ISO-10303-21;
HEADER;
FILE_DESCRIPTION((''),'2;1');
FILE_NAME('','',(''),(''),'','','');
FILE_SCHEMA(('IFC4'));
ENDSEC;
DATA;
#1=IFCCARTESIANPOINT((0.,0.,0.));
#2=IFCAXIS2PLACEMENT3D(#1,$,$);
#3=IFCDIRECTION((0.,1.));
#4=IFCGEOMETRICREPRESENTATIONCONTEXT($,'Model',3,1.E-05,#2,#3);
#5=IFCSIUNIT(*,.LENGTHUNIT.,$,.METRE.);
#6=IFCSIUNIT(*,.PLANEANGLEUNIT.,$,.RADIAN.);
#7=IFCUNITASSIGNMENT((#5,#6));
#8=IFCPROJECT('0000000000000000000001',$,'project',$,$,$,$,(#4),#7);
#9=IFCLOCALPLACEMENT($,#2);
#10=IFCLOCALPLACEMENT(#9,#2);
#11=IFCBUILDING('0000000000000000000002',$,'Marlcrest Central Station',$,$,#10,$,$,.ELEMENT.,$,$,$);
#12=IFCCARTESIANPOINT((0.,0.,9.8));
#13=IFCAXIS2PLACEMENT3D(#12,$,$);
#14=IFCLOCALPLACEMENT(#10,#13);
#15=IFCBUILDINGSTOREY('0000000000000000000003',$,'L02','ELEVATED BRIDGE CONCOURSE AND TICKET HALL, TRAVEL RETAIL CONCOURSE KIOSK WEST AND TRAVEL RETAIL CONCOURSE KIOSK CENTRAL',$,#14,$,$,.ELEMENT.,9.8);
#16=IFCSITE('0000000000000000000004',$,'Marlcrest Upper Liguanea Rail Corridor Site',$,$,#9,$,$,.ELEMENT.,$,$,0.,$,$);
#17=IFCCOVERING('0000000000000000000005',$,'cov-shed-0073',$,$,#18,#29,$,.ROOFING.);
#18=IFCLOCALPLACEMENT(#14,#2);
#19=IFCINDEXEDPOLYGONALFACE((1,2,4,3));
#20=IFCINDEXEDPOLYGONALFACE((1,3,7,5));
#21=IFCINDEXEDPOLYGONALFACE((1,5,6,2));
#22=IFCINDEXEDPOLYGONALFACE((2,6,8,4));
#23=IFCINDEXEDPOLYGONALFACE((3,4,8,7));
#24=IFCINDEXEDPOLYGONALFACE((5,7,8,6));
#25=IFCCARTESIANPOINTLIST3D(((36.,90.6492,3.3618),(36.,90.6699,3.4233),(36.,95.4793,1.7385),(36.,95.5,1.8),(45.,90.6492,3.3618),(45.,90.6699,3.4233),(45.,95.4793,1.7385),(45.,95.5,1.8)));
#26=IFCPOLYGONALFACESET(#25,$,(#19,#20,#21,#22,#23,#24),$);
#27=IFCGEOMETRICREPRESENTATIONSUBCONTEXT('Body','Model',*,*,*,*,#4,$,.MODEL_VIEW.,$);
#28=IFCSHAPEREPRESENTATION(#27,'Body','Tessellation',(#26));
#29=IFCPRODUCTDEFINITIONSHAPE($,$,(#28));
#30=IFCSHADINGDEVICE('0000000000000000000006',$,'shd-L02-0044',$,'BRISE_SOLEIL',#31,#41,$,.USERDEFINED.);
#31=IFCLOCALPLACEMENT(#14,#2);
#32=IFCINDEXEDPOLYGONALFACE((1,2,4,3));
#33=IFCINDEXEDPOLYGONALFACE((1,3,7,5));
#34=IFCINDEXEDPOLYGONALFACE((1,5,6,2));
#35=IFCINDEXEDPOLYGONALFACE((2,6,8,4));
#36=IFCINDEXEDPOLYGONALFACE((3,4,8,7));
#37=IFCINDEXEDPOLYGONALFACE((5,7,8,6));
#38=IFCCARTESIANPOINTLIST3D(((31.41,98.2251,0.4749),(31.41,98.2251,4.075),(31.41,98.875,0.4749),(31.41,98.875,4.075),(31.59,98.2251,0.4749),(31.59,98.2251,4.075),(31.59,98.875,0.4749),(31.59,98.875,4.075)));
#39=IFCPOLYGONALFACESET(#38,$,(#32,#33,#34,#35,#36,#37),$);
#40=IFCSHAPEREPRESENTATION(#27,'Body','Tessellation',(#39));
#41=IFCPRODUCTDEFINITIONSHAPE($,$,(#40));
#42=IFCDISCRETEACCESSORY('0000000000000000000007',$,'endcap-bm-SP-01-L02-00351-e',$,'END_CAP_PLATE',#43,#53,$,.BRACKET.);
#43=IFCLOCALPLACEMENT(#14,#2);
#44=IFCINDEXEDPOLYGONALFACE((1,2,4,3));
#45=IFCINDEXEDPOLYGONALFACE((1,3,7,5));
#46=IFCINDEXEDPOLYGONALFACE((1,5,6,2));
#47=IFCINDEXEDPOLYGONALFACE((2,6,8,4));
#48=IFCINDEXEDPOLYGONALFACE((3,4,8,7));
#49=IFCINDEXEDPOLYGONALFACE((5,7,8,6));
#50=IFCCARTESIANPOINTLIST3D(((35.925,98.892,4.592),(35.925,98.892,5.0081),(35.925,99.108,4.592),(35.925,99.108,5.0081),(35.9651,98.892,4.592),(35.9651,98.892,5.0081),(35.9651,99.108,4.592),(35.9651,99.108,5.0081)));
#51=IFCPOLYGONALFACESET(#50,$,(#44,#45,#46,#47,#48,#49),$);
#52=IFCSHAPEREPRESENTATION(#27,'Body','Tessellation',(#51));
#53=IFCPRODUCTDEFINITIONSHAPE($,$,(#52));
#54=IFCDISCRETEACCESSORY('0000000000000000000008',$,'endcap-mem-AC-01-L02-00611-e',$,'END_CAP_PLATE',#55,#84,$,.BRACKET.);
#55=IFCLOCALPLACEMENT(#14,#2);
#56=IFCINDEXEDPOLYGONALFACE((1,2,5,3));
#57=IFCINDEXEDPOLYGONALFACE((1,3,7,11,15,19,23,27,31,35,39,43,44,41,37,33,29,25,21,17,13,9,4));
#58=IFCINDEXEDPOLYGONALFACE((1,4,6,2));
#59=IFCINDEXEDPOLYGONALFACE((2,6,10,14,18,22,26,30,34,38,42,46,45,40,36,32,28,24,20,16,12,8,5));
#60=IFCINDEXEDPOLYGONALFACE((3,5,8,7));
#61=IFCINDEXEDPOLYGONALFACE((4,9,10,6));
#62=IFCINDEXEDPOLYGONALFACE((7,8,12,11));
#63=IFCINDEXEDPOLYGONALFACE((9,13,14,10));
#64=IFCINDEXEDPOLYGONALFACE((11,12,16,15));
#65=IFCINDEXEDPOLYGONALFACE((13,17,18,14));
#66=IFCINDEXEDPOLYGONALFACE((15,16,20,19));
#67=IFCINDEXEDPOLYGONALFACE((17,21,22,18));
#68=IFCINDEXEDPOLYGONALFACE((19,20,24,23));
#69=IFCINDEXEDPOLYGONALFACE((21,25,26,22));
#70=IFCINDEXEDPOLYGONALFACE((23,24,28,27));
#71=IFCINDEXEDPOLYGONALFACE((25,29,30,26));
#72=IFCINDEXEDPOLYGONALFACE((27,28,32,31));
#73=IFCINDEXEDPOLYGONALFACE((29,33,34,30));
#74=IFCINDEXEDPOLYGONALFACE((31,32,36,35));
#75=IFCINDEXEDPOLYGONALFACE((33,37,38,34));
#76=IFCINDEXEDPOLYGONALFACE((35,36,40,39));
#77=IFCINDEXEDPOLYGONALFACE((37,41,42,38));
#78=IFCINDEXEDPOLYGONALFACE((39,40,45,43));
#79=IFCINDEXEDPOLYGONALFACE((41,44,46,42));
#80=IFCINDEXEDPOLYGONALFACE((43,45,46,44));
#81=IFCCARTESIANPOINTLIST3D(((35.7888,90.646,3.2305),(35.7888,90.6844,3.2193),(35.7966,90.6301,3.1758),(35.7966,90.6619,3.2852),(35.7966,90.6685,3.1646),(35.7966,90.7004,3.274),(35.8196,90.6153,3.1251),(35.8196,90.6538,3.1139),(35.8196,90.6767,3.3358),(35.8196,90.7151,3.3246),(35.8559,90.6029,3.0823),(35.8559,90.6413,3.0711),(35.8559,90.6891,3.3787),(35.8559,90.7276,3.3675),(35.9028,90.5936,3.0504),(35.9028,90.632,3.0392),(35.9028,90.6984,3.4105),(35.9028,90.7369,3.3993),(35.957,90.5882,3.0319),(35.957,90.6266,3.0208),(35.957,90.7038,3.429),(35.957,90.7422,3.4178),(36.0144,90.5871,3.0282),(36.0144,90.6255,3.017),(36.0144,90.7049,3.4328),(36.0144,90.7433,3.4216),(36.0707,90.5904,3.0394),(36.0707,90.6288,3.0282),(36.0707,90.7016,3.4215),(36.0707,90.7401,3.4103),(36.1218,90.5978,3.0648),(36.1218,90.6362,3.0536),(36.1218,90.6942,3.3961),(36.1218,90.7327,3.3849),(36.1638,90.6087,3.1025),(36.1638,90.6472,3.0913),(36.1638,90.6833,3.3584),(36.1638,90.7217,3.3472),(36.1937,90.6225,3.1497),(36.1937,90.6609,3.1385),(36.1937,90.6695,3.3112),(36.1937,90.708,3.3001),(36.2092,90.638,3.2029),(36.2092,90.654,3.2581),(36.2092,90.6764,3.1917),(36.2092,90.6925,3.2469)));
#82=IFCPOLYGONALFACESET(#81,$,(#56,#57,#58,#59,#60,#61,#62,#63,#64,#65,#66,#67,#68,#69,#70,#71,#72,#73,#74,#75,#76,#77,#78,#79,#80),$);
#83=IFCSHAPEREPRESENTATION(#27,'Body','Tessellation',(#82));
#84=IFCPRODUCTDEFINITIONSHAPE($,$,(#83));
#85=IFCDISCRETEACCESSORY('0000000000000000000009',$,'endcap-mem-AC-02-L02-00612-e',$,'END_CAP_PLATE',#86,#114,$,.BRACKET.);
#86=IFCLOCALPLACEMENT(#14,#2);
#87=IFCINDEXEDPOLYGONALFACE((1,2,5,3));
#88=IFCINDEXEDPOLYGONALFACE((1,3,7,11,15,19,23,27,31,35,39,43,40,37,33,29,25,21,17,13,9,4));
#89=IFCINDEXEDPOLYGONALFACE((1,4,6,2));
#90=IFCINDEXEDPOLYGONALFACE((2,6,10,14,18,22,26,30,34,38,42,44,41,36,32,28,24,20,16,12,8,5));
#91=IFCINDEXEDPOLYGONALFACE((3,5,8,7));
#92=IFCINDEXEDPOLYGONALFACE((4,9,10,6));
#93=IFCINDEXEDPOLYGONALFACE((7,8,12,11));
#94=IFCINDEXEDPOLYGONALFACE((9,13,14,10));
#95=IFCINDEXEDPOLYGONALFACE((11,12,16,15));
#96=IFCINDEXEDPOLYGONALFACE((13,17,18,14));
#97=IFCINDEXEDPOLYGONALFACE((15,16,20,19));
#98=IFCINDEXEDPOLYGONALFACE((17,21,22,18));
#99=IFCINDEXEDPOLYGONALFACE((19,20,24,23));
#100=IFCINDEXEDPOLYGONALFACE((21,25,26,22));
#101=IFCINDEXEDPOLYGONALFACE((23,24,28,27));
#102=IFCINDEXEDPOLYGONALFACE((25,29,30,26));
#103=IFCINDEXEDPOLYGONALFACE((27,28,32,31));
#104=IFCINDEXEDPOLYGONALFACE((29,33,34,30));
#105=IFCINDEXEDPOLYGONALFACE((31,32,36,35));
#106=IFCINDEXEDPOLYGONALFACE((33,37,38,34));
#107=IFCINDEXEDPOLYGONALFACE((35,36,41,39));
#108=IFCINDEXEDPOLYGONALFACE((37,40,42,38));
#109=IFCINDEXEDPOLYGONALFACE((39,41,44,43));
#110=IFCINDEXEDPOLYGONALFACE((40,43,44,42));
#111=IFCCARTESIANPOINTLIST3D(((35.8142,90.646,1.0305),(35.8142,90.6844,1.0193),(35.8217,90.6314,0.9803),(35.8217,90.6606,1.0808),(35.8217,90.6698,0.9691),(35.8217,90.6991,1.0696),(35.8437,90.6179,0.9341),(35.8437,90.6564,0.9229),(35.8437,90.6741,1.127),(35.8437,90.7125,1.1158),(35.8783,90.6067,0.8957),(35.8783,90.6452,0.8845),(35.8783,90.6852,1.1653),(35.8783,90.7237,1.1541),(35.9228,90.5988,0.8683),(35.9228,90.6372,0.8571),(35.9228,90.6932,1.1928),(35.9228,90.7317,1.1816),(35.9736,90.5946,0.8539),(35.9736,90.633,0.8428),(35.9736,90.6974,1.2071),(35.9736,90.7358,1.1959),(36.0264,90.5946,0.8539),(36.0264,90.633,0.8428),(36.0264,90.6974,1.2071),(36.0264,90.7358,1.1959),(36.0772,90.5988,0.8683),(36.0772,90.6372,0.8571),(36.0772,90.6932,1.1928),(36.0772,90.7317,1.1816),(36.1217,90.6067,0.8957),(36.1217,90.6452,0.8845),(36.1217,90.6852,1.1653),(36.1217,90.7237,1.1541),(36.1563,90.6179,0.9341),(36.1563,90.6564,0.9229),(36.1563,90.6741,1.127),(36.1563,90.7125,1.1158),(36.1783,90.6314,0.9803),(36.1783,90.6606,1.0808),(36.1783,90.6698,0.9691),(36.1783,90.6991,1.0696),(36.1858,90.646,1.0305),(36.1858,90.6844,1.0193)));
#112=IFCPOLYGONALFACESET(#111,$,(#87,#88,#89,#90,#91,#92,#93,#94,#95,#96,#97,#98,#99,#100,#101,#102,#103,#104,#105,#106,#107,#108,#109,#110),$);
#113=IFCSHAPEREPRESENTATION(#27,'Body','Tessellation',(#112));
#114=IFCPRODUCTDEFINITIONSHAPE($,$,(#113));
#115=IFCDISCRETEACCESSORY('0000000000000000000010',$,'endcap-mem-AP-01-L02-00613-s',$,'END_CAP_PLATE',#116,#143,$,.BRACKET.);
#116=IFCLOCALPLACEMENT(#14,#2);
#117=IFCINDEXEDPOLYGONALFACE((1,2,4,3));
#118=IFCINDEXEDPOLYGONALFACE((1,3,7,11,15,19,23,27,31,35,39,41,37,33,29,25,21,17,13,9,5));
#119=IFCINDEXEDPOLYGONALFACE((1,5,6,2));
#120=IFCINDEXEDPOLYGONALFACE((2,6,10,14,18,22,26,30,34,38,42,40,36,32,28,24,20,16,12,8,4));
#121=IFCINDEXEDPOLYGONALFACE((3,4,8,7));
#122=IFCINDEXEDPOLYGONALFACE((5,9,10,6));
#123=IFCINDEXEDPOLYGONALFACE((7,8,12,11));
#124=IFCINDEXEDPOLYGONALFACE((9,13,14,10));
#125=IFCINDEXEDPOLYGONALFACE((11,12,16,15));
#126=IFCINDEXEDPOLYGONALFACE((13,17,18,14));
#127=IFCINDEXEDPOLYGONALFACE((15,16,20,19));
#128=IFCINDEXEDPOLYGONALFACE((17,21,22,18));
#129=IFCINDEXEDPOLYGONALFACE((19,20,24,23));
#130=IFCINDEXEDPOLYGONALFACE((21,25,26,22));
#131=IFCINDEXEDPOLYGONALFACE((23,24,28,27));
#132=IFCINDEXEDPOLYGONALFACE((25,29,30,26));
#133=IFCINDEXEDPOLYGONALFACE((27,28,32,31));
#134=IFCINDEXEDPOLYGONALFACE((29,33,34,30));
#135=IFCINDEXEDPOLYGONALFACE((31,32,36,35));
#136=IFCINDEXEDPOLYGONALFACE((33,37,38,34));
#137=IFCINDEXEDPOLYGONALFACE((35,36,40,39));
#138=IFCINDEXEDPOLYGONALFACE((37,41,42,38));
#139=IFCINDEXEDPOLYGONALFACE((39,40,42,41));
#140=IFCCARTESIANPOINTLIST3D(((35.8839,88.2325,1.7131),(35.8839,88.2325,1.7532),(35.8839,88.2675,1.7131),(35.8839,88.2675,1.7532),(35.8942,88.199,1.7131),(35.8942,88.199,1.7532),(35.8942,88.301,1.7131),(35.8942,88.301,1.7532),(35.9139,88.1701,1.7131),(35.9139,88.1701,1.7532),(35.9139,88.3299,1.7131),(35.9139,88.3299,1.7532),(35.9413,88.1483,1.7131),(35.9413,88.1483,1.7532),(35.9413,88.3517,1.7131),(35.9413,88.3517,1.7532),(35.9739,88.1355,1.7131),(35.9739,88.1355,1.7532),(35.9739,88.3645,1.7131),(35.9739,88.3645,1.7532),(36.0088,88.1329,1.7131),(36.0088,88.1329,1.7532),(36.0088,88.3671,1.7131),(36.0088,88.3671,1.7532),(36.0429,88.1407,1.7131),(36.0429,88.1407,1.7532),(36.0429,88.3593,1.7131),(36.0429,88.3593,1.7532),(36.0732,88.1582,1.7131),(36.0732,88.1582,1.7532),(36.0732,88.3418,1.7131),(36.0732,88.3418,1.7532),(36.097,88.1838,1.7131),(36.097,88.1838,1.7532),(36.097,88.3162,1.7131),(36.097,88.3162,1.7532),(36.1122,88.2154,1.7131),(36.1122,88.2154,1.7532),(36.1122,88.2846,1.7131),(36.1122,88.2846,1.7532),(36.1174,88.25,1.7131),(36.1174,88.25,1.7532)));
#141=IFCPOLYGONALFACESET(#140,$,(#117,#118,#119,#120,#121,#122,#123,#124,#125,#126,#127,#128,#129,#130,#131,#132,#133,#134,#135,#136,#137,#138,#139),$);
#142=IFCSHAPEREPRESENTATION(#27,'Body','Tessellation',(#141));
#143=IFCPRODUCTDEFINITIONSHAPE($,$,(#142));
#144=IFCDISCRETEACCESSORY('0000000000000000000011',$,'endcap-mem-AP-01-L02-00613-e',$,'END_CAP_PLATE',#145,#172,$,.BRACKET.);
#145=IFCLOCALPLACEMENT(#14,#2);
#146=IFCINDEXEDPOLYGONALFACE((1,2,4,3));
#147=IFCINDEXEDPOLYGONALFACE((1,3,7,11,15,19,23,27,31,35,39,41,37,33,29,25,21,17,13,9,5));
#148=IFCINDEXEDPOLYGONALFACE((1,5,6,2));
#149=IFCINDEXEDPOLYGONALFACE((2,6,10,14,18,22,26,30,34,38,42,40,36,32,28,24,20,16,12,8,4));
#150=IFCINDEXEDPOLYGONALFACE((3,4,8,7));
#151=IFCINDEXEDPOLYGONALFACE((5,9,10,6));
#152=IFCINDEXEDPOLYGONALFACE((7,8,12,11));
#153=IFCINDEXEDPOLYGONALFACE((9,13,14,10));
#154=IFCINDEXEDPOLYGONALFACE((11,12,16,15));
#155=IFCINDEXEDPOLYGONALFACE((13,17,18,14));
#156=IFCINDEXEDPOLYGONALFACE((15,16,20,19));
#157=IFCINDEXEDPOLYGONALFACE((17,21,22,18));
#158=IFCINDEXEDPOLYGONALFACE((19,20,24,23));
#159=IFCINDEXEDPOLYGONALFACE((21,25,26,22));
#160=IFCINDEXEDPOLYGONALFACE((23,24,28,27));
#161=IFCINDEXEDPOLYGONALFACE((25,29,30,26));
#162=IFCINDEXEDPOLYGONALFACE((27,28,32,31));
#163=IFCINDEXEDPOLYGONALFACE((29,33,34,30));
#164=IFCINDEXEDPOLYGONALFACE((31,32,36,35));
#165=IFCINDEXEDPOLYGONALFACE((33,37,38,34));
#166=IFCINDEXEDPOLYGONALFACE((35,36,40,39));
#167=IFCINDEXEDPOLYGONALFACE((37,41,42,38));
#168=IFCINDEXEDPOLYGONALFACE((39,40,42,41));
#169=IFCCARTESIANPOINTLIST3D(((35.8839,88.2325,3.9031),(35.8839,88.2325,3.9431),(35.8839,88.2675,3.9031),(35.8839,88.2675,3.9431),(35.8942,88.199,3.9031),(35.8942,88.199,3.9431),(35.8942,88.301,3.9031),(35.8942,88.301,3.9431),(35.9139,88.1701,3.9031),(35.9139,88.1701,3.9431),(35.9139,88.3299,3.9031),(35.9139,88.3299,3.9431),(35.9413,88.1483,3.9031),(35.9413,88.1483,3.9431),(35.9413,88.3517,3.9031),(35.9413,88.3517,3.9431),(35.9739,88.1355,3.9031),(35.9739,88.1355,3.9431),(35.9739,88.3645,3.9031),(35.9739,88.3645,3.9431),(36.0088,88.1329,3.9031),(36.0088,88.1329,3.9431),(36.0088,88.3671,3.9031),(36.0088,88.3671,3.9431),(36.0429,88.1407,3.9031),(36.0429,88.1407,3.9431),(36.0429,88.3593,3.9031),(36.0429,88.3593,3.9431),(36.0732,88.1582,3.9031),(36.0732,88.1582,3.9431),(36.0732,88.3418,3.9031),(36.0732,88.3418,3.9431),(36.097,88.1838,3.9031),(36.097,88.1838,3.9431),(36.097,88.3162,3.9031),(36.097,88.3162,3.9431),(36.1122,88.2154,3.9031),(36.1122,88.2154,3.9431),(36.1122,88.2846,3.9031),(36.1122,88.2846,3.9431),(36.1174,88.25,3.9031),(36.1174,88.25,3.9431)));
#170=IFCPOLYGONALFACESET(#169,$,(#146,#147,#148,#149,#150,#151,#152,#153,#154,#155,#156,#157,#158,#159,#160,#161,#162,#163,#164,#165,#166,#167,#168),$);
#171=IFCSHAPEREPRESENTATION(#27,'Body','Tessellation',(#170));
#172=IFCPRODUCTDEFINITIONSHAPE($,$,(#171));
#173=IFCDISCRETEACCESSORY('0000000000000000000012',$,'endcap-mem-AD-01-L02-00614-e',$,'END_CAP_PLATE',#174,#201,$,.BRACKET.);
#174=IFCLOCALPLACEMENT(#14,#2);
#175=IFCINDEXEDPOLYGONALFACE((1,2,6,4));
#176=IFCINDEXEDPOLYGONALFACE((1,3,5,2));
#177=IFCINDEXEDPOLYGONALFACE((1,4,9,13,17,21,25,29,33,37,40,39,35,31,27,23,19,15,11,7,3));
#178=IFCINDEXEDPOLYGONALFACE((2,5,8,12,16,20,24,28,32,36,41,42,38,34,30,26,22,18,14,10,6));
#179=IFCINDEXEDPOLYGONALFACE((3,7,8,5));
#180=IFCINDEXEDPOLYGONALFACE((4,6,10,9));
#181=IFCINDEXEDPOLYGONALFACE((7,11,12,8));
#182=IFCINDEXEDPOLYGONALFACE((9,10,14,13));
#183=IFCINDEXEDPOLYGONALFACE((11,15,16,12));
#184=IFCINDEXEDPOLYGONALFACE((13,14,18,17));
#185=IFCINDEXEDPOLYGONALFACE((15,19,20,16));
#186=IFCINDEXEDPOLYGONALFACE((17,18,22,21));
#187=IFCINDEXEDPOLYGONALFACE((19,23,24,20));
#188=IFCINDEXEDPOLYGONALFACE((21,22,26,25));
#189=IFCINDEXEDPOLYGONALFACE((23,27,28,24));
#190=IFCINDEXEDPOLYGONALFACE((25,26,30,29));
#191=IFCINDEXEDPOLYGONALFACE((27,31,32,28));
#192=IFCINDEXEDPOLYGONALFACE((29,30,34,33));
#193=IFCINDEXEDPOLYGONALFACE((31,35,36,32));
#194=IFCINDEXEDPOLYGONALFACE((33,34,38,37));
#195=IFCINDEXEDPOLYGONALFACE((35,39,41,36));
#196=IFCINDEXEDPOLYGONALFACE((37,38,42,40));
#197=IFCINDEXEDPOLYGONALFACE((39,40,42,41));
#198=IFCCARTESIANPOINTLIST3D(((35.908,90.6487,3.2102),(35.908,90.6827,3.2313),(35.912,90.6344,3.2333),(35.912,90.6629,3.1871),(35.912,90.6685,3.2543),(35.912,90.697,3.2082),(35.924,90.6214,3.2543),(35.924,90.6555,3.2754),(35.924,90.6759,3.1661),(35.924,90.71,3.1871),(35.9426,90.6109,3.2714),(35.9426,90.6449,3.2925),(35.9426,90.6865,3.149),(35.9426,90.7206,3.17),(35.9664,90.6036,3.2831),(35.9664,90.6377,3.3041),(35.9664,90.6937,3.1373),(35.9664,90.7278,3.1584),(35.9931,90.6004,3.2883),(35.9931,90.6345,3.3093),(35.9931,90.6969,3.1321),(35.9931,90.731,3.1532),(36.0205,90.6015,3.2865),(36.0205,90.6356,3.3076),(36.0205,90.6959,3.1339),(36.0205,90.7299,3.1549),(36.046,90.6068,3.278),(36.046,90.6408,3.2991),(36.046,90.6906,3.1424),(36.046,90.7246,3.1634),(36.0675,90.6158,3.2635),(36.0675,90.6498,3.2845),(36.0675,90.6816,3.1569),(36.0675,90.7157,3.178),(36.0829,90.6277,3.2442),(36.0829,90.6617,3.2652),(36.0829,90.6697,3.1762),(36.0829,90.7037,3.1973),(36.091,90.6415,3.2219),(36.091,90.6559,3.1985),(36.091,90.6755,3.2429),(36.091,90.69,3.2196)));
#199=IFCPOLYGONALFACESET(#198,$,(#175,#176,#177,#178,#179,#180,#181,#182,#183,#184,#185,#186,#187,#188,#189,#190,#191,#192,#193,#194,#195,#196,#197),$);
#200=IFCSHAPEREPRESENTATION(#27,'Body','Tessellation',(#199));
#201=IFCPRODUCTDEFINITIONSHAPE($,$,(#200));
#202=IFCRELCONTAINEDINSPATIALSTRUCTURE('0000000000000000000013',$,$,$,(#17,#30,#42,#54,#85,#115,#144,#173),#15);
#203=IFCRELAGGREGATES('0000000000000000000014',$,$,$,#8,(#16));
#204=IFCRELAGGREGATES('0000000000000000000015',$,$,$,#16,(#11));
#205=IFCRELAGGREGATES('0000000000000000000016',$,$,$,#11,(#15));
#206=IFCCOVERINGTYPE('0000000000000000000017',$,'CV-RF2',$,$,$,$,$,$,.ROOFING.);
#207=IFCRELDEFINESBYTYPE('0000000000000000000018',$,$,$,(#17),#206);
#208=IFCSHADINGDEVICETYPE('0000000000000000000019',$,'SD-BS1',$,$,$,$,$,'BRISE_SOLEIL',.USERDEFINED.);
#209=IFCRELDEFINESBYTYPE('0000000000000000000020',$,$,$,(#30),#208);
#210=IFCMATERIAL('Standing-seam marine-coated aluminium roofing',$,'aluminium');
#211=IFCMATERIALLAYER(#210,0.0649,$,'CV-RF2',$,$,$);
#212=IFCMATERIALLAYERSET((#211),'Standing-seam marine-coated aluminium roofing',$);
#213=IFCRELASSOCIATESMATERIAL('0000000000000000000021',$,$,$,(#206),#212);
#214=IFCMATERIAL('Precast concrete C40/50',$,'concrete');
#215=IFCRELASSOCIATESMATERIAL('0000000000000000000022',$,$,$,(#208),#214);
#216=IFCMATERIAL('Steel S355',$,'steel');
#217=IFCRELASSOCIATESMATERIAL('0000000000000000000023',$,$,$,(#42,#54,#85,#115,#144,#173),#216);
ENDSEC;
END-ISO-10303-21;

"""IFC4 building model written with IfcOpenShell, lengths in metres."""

from ifc_helpers import new_model, si_unit, direction, frame, origin, origin_2d, place, context, subcontext, project, spatial, polyline, rectangle, circle, outline, extrude, material, layer, layer_set, type_object, element, save


model = new_model("IFC4")

# Units and contexts
model_context = context("Model", 3, precision=1e-05, world=origin(), true_north=direction((0.0, 1.0)))
body_context = subcontext(model_context, "Body", "Model", "MODEL_VIEW")
ifc_project = project(units=[si_unit("LENGTHUNIT", "METRE"), si_unit("PLANEANGLEUNIT", "RADIAN")], contexts=[model_context])

# Site, building, storey
site_placement = place(None, origin())
site = spatial("IfcSite", under=ifc_project, at=site_placement, Name="Marlcrest Upper Liguanea Rail Corridor Site", CompositionType="ELEMENT", RefElevation=0.0)
building_placement = place(site_placement, origin())
building = spatial("IfcBuilding", under=site, at=building_placement, Name="Marlcrest Central Station", CompositionType="ELEMENT")
storey_placement = place(building_placement, frame((0.0, 0.0, 9.8)))
storey = spatial("IfcBuildingStorey", under=building, at=storey_placement, Name="L02", Description="ELEVATED BRIDGE CONCOURSE AND TICKET HALL, TRAVEL RETAIL CONCOURSE KIOSK WEST AND TRAVEL RETAIL CONCOURSE KIOSK CENTRAL", CompositionType="ELEMENT", Elevation=9.8)

# Shared definitions
ifc_material_1 = material(Name="Steel S355", Category="steel")

# Covering
ifc_material_2 = material(Name="Standing-seam marine-coated aluminium roofing", Category="aluminium")
ifc_layer_1 = layer(ifc_material_2, 0.0649, Name="CV-RF2")
ifc_layer_set_1 = layer_set([ifc_layer_1], Name="Standing-seam marine-coated aluminium roofing")
covering_type = type_object("IfcCoveringType", Name="CV-RF2", PredefinedType="ROOFING", material=ifc_layer_set_1)
covering_placement = place(storey_placement, frame((36.0, 90.6699, 3.4233), z_axis=(0.0, 0.31857, 0.947899), x_axis=(1.0, 0.0, 0.0)))
element("IfcCovering", 1, at=covering_placement, inside=storey, type_object=covering_type, Name="cov-shed-0073", PredefinedType="ROOFING", context=body_context, shape_type="SweptSolid", body=[
    extrude(outline(polyline([(0.0, 0.0), (9.0, 0.0), (9.0, 5.0956), (0.0, 5.0956), (0.0, 0.0)])), origin(), (0.0, 0.0, -1.0), 0.0649),
])

# Shading device
ifc_material_3 = material(Name="Precast concrete C40/50", Category="concrete")
shading_device_type = type_object("IfcShadingDeviceType", Name="SD-BS1", ElementType="BRISE_SOLEIL", PredefinedType="USERDEFINED", material=ifc_material_3)
shading_device_placement = place(storey_placement, frame((31.5, 98.55, 0.4749), z_axis=(0.0, 0.0, 1.0), x_axis=(1.0, 0.0, 0.0)))
element("IfcShadingDevice", 2, at=shading_device_placement, inside=storey, type_object=shading_device_type, Name="shd-L02-0044", ObjectType="BRISE_SOLEIL", PredefinedType="USERDEFINED", context=body_context, shape_type="SweptSolid", body=[
    extrude(rectangle(XDim=0.1799, YDim=0.6499, at=origin_2d()), origin(), (0.0, 0.0, 1.0), 3.6001),
])

# Discrete accessories
discrete_accessory_1_placement = place(storey_placement, frame((35.925, 99.0, 4.8), z_axis=(1.0, 0.0, 0.0), x_axis=(0.0, 1.0, 0.0)))
element("IfcDiscreteAccessory", 3, at=discrete_accessory_1_placement, inside=storey, material=ifc_material_1, Name="endcap-bm-SP-01-L02-00351-e", ObjectType="END_CAP_PLATE", PredefinedType="BRACKET", context=body_context, shape_type="SweptSolid", body=[
    extrude(rectangle(XDim=0.2161, YDim=0.416, at=origin_2d()), origin(), (0.0, 0.0, 1.0), 0.04),
])
discrete_accessory_2_placement = place(storey_placement, frame((36.0, 90.646, 3.2305), z_axis=(0.0, 0.96013, -0.279554), x_axis=(-1.0, 0.0, 0.0)))
element("IfcDiscreteAccessory", 4, at=discrete_accessory_2_placement, inside=storey, material=ifc_material_1, Name="endcap-mem-AC-01-L02-00611-e", ObjectType="END_CAP_PLATE", PredefinedType="BRACKET", context=body_context, shape_type="SweptSolid", body=[
    extrude(circle(Radius=0.2112, at=origin_2d()), origin(), (0.0, 0.0, 1.0), 0.04),
])
discrete_accessory_3_placement = place(storey_placement, frame((36.0, 90.646, 1.0305), z_axis=(0.0, 0.96013, -0.279554), x_axis=(-1.0, 0.0, 0.0)))
element("IfcDiscreteAccessory", 5, at=discrete_accessory_3_placement, inside=storey, material=ifc_material_1, Name="endcap-mem-AC-02-L02-00612-e", ObjectType="END_CAP_PLATE", PredefinedType="BRACKET", context=body_context, shape_type="SweptSolid", body=[
    extrude(circle(Radius=0.1858, at=origin_2d()), origin(), (0.0, 0.0, 1.0), 0.04),
])
for number, where, z_axis, x_axis, name in (
    (6, (36.0, 88.25, 1.7131), (0.0, 0.0, 1.0), (1.0, 0.0, 0.0), "endcap-mem-AP-01-L02-00613-s"),
    (7, (36.0, 88.25, 3.9031), (0.0, 0.0, 1.0), (1.0, 0.0, 0.0), "endcap-mem-AP-01-L02-00613-e"),
):
    element("IfcDiscreteAccessory", number, at=place(storey_placement, frame(where, z_axis=z_axis, x_axis=x_axis)), inside=storey, material=ifc_material_1, Name=name, ObjectType="END_CAP_PLATE", PredefinedType="BRACKET", context=body_context, shape_type="SweptSolid", body=[
        extrude(circle(Radius=0.1174, at=origin_2d()), origin(), (0.0, 0.0, 1.0), 0.04),
    ])
discrete_accessory_4_placement = place(storey_placement, frame((36.0, 90.6487, 3.2102), z_axis=(0.0, 0.850687, 0.525672), x_axis=(-1.0, 0.0, 0.0)))
element("IfcDiscreteAccessory", 8, at=discrete_accessory_4_placement, inside=storey, material=ifc_material_1, Name="endcap-mem-AD-01-L02-00614-e", ObjectType="END_CAP_PLATE", PredefinedType="BRACKET", context=body_context, shape_type="SweptSolid", body=[
    extrude(circle(Radius=0.092, at=origin_2d()), origin(), (0.0, 0.0, 1.0), 0.04),
])

save(model, "model.ifc")
